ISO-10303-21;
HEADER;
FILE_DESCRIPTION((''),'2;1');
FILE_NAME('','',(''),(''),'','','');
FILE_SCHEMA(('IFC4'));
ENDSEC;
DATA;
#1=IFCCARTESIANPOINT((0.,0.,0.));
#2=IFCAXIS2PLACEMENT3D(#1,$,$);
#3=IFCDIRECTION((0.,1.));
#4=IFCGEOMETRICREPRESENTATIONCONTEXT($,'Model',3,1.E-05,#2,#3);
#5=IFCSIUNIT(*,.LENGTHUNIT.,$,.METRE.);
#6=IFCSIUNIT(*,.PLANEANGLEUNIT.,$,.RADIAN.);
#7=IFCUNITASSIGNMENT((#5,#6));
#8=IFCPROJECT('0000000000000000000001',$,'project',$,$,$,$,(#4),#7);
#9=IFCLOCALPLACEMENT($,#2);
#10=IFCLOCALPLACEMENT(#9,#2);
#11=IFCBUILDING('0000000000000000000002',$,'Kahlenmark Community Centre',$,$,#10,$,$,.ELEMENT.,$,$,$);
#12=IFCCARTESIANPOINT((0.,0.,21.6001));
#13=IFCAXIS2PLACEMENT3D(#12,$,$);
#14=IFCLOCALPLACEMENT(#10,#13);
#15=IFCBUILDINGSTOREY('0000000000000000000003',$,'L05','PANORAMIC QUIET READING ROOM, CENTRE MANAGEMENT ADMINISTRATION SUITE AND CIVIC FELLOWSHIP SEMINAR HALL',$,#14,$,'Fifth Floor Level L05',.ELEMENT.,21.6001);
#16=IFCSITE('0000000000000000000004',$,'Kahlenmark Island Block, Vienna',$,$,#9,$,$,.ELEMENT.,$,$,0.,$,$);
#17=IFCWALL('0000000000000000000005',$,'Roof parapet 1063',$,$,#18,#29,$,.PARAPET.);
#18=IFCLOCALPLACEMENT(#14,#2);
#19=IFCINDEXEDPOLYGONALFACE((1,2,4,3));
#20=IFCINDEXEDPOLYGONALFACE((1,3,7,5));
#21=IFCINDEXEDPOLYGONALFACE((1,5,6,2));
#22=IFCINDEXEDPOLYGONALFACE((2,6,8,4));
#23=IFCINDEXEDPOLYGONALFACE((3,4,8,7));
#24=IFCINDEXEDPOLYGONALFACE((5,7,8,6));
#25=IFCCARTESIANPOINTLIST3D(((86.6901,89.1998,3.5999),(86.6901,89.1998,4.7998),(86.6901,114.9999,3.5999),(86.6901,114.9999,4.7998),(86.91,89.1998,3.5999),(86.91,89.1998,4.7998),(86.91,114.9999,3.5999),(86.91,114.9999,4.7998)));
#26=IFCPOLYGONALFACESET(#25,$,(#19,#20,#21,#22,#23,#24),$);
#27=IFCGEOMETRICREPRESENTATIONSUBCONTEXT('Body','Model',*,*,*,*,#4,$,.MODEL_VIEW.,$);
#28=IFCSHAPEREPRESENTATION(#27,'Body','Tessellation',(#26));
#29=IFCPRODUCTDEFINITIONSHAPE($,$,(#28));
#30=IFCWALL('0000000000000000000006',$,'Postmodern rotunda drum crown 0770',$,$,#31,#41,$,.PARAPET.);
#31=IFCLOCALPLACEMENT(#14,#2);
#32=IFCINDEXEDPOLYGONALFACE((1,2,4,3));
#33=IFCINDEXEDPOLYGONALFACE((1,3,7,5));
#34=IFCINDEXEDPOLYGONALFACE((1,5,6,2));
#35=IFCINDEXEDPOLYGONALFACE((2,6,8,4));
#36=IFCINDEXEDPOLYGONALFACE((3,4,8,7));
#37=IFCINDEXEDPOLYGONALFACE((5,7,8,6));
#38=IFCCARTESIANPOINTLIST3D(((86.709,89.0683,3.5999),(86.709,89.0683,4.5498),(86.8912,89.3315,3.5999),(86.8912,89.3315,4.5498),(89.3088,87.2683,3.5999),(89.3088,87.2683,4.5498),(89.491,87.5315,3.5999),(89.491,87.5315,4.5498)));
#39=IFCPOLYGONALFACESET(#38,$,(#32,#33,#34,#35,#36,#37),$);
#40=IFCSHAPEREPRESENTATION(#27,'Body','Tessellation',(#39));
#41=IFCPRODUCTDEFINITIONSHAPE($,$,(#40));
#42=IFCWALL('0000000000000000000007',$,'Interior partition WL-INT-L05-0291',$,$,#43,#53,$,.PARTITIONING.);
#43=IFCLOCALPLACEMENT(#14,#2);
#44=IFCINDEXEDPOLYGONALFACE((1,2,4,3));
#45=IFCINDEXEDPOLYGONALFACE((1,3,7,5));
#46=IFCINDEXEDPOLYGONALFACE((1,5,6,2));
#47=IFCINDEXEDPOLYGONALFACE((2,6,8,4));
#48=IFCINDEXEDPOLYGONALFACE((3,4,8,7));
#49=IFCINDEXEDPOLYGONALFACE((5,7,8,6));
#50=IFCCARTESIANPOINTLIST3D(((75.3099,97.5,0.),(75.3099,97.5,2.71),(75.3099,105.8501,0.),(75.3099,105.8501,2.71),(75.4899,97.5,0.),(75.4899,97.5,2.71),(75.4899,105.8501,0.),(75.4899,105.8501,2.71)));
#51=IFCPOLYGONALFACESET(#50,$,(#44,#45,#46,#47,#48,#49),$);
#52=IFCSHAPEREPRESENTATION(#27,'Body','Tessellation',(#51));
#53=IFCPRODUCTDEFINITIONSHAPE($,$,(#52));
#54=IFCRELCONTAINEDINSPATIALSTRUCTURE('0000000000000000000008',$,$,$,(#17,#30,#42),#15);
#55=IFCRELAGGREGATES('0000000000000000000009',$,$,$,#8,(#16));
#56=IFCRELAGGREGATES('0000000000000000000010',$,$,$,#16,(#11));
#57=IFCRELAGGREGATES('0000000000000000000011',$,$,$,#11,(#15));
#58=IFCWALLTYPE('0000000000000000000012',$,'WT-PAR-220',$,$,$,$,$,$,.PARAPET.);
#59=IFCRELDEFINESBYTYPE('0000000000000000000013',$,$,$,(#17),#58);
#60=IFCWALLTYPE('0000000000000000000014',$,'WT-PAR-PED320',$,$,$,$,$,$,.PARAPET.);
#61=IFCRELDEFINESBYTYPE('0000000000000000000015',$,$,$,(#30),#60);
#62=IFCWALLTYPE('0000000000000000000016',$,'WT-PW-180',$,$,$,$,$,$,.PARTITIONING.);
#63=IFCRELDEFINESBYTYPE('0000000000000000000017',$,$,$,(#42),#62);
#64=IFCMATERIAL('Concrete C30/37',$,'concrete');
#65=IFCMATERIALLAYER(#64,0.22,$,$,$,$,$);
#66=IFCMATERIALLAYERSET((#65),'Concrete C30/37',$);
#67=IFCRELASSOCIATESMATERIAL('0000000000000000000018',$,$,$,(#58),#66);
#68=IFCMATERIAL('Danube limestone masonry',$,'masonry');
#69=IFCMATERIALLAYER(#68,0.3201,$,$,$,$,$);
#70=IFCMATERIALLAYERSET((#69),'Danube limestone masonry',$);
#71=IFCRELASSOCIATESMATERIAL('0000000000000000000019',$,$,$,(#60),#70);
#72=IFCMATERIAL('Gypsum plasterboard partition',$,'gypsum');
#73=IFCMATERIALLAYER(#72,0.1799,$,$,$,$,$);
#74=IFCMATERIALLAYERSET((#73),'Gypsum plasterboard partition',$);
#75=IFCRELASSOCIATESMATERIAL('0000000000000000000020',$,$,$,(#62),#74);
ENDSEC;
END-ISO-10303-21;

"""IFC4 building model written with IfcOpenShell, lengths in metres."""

from ifc_helpers import new_model, si_unit, direction, frame, frame_2d, origin, place, context, subcontext, project, spatial, rectangle, extrude, material, layer, layer_set, type_object, element, save


model = new_model("IFC4")

# Units and contexts
model_context = context("Model", 3, precision=1e-05, world=origin(), true_north=direction((0.0, 1.0)))
body_context = subcontext(model_context, "Body", "Model", "MODEL_VIEW")
ifc_project = project(units=[si_unit("LENGTHUNIT", "METRE"), si_unit("PLANEANGLEUNIT", "RADIAN")], contexts=[model_context])

# Site, building, storey
site_placement = place(None, origin())
site = spatial("IfcSite", under=ifc_project, at=site_placement, Name="Kahlenmark Island Block, Vienna", CompositionType="ELEMENT", RefElevation=0.0)
building_placement = place(site_placement, origin())
building = spatial("IfcBuilding", under=site, at=building_placement, Name="Kahlenmark Community Centre", CompositionType="ELEMENT")
storey_placement = place(building_placement, frame((0.0, 0.0, 21.6001)))
storey = spatial("IfcBuildingStorey", under=building, at=storey_placement, Name="L05", Description="PANORAMIC QUIET READING ROOM, CENTRE MANAGEMENT ADMINISTRATION SUITE AND CIVIC FELLOWSHIP SEMINAR HALL", LongName="Fifth Floor Level L05", CompositionType="ELEMENT", Elevation=21.6001)

# Shared definitions
ifc_material_1 = material(Name="Danube limestone masonry", Category="masonry")

# Walls
ifc_material_2 = material(Name="Concrete C30/37", Category="concrete")
ifc_layer_1 = layer(ifc_material_2, 0.22)
ifc_layer_set_1 = layer_set([ifc_layer_1], Name="Concrete C30/37")
wall_type_1 = type_object("IfcWallType", Name="WT-PAR-220", PredefinedType="PARAPET", material=ifc_layer_set_1)
wall_1_placement = place(storey_placement, frame((86.8, 89.2, 3.5999), z_axis=(0.0, 0.0, 1.0), x_axis=(0.0, 1.0, 0.0)))
element("IfcWall", 1, at=wall_1_placement, inside=storey, type_object=wall_type_1, Name="Roof parapet 1063", PredefinedType="PARAPET", context=body_context, shape_type="SweptSolid", body=[
    extrude(rectangle(XDim=25.8, YDim=0.22, at=frame_2d((12.8999, 0.0))), origin(), (0.0, 0.0, 1.0), 1.2),
])
ifc_layer_2 = layer(ifc_material_1, 0.3201)
ifc_layer_set_2 = layer_set([ifc_layer_2], Name="Danube limestone masonry")
wall_type_2 = type_object("IfcWallType", Name="WT-PAR-PED320", PredefinedType="PARAPET", material=ifc_layer_set_2)
wall_2_placement = place(storey_placement, frame((89.3999, 87.3999, 3.5999), z_axis=(0.0, 0.0, 1.0), x_axis=(-0.82217, 0.569242, 0.0)))
element("IfcWall", 2, at=wall_2_placement, inside=storey, type_object=wall_type_2, Name="Postmodern rotunda drum crown 0770", PredefinedType="PARAPET", context=body_context, shape_type="SweptSolid", body=[
    extrude(rectangle(XDim=3.1621, YDim=0.3201, at=frame_2d((1.5811, 0.0))), origin(), (0.0, 0.0, 1.0), 0.95),
])
ifc_material_3 = material(Name="Gypsum plasterboard partition", Category="gypsum")
ifc_layer_3 = layer(ifc_material_3, 0.1799)
ifc_layer_set_3 = layer_set([ifc_layer_3], Name="Gypsum plasterboard partition")
wall_type_3 = type_object("IfcWallType", Name="WT-PW-180", PredefinedType="PARTITIONING", material=ifc_layer_set_3)
wall_3_placement = place(storey_placement, frame((75.3999, 97.5, 0.0), z_axis=(0.0, 0.0, 1.0), x_axis=(0.0, 1.0, 0.0)))
element("IfcWall", 3, at=wall_3_placement, inside=storey, type_object=wall_type_3, Name="Interior partition WL-INT-L05-0291", PredefinedType="PARTITIONING", context=body_context, shape_type="SweptSolid", body=[
    extrude(rectangle(XDim=8.3501, YDim=0.1799, at=frame_2d((4.175, 0.0))), origin(), (0.0, 0.0, 1.0), 2.71),
])

save(model, "model.ifc")
